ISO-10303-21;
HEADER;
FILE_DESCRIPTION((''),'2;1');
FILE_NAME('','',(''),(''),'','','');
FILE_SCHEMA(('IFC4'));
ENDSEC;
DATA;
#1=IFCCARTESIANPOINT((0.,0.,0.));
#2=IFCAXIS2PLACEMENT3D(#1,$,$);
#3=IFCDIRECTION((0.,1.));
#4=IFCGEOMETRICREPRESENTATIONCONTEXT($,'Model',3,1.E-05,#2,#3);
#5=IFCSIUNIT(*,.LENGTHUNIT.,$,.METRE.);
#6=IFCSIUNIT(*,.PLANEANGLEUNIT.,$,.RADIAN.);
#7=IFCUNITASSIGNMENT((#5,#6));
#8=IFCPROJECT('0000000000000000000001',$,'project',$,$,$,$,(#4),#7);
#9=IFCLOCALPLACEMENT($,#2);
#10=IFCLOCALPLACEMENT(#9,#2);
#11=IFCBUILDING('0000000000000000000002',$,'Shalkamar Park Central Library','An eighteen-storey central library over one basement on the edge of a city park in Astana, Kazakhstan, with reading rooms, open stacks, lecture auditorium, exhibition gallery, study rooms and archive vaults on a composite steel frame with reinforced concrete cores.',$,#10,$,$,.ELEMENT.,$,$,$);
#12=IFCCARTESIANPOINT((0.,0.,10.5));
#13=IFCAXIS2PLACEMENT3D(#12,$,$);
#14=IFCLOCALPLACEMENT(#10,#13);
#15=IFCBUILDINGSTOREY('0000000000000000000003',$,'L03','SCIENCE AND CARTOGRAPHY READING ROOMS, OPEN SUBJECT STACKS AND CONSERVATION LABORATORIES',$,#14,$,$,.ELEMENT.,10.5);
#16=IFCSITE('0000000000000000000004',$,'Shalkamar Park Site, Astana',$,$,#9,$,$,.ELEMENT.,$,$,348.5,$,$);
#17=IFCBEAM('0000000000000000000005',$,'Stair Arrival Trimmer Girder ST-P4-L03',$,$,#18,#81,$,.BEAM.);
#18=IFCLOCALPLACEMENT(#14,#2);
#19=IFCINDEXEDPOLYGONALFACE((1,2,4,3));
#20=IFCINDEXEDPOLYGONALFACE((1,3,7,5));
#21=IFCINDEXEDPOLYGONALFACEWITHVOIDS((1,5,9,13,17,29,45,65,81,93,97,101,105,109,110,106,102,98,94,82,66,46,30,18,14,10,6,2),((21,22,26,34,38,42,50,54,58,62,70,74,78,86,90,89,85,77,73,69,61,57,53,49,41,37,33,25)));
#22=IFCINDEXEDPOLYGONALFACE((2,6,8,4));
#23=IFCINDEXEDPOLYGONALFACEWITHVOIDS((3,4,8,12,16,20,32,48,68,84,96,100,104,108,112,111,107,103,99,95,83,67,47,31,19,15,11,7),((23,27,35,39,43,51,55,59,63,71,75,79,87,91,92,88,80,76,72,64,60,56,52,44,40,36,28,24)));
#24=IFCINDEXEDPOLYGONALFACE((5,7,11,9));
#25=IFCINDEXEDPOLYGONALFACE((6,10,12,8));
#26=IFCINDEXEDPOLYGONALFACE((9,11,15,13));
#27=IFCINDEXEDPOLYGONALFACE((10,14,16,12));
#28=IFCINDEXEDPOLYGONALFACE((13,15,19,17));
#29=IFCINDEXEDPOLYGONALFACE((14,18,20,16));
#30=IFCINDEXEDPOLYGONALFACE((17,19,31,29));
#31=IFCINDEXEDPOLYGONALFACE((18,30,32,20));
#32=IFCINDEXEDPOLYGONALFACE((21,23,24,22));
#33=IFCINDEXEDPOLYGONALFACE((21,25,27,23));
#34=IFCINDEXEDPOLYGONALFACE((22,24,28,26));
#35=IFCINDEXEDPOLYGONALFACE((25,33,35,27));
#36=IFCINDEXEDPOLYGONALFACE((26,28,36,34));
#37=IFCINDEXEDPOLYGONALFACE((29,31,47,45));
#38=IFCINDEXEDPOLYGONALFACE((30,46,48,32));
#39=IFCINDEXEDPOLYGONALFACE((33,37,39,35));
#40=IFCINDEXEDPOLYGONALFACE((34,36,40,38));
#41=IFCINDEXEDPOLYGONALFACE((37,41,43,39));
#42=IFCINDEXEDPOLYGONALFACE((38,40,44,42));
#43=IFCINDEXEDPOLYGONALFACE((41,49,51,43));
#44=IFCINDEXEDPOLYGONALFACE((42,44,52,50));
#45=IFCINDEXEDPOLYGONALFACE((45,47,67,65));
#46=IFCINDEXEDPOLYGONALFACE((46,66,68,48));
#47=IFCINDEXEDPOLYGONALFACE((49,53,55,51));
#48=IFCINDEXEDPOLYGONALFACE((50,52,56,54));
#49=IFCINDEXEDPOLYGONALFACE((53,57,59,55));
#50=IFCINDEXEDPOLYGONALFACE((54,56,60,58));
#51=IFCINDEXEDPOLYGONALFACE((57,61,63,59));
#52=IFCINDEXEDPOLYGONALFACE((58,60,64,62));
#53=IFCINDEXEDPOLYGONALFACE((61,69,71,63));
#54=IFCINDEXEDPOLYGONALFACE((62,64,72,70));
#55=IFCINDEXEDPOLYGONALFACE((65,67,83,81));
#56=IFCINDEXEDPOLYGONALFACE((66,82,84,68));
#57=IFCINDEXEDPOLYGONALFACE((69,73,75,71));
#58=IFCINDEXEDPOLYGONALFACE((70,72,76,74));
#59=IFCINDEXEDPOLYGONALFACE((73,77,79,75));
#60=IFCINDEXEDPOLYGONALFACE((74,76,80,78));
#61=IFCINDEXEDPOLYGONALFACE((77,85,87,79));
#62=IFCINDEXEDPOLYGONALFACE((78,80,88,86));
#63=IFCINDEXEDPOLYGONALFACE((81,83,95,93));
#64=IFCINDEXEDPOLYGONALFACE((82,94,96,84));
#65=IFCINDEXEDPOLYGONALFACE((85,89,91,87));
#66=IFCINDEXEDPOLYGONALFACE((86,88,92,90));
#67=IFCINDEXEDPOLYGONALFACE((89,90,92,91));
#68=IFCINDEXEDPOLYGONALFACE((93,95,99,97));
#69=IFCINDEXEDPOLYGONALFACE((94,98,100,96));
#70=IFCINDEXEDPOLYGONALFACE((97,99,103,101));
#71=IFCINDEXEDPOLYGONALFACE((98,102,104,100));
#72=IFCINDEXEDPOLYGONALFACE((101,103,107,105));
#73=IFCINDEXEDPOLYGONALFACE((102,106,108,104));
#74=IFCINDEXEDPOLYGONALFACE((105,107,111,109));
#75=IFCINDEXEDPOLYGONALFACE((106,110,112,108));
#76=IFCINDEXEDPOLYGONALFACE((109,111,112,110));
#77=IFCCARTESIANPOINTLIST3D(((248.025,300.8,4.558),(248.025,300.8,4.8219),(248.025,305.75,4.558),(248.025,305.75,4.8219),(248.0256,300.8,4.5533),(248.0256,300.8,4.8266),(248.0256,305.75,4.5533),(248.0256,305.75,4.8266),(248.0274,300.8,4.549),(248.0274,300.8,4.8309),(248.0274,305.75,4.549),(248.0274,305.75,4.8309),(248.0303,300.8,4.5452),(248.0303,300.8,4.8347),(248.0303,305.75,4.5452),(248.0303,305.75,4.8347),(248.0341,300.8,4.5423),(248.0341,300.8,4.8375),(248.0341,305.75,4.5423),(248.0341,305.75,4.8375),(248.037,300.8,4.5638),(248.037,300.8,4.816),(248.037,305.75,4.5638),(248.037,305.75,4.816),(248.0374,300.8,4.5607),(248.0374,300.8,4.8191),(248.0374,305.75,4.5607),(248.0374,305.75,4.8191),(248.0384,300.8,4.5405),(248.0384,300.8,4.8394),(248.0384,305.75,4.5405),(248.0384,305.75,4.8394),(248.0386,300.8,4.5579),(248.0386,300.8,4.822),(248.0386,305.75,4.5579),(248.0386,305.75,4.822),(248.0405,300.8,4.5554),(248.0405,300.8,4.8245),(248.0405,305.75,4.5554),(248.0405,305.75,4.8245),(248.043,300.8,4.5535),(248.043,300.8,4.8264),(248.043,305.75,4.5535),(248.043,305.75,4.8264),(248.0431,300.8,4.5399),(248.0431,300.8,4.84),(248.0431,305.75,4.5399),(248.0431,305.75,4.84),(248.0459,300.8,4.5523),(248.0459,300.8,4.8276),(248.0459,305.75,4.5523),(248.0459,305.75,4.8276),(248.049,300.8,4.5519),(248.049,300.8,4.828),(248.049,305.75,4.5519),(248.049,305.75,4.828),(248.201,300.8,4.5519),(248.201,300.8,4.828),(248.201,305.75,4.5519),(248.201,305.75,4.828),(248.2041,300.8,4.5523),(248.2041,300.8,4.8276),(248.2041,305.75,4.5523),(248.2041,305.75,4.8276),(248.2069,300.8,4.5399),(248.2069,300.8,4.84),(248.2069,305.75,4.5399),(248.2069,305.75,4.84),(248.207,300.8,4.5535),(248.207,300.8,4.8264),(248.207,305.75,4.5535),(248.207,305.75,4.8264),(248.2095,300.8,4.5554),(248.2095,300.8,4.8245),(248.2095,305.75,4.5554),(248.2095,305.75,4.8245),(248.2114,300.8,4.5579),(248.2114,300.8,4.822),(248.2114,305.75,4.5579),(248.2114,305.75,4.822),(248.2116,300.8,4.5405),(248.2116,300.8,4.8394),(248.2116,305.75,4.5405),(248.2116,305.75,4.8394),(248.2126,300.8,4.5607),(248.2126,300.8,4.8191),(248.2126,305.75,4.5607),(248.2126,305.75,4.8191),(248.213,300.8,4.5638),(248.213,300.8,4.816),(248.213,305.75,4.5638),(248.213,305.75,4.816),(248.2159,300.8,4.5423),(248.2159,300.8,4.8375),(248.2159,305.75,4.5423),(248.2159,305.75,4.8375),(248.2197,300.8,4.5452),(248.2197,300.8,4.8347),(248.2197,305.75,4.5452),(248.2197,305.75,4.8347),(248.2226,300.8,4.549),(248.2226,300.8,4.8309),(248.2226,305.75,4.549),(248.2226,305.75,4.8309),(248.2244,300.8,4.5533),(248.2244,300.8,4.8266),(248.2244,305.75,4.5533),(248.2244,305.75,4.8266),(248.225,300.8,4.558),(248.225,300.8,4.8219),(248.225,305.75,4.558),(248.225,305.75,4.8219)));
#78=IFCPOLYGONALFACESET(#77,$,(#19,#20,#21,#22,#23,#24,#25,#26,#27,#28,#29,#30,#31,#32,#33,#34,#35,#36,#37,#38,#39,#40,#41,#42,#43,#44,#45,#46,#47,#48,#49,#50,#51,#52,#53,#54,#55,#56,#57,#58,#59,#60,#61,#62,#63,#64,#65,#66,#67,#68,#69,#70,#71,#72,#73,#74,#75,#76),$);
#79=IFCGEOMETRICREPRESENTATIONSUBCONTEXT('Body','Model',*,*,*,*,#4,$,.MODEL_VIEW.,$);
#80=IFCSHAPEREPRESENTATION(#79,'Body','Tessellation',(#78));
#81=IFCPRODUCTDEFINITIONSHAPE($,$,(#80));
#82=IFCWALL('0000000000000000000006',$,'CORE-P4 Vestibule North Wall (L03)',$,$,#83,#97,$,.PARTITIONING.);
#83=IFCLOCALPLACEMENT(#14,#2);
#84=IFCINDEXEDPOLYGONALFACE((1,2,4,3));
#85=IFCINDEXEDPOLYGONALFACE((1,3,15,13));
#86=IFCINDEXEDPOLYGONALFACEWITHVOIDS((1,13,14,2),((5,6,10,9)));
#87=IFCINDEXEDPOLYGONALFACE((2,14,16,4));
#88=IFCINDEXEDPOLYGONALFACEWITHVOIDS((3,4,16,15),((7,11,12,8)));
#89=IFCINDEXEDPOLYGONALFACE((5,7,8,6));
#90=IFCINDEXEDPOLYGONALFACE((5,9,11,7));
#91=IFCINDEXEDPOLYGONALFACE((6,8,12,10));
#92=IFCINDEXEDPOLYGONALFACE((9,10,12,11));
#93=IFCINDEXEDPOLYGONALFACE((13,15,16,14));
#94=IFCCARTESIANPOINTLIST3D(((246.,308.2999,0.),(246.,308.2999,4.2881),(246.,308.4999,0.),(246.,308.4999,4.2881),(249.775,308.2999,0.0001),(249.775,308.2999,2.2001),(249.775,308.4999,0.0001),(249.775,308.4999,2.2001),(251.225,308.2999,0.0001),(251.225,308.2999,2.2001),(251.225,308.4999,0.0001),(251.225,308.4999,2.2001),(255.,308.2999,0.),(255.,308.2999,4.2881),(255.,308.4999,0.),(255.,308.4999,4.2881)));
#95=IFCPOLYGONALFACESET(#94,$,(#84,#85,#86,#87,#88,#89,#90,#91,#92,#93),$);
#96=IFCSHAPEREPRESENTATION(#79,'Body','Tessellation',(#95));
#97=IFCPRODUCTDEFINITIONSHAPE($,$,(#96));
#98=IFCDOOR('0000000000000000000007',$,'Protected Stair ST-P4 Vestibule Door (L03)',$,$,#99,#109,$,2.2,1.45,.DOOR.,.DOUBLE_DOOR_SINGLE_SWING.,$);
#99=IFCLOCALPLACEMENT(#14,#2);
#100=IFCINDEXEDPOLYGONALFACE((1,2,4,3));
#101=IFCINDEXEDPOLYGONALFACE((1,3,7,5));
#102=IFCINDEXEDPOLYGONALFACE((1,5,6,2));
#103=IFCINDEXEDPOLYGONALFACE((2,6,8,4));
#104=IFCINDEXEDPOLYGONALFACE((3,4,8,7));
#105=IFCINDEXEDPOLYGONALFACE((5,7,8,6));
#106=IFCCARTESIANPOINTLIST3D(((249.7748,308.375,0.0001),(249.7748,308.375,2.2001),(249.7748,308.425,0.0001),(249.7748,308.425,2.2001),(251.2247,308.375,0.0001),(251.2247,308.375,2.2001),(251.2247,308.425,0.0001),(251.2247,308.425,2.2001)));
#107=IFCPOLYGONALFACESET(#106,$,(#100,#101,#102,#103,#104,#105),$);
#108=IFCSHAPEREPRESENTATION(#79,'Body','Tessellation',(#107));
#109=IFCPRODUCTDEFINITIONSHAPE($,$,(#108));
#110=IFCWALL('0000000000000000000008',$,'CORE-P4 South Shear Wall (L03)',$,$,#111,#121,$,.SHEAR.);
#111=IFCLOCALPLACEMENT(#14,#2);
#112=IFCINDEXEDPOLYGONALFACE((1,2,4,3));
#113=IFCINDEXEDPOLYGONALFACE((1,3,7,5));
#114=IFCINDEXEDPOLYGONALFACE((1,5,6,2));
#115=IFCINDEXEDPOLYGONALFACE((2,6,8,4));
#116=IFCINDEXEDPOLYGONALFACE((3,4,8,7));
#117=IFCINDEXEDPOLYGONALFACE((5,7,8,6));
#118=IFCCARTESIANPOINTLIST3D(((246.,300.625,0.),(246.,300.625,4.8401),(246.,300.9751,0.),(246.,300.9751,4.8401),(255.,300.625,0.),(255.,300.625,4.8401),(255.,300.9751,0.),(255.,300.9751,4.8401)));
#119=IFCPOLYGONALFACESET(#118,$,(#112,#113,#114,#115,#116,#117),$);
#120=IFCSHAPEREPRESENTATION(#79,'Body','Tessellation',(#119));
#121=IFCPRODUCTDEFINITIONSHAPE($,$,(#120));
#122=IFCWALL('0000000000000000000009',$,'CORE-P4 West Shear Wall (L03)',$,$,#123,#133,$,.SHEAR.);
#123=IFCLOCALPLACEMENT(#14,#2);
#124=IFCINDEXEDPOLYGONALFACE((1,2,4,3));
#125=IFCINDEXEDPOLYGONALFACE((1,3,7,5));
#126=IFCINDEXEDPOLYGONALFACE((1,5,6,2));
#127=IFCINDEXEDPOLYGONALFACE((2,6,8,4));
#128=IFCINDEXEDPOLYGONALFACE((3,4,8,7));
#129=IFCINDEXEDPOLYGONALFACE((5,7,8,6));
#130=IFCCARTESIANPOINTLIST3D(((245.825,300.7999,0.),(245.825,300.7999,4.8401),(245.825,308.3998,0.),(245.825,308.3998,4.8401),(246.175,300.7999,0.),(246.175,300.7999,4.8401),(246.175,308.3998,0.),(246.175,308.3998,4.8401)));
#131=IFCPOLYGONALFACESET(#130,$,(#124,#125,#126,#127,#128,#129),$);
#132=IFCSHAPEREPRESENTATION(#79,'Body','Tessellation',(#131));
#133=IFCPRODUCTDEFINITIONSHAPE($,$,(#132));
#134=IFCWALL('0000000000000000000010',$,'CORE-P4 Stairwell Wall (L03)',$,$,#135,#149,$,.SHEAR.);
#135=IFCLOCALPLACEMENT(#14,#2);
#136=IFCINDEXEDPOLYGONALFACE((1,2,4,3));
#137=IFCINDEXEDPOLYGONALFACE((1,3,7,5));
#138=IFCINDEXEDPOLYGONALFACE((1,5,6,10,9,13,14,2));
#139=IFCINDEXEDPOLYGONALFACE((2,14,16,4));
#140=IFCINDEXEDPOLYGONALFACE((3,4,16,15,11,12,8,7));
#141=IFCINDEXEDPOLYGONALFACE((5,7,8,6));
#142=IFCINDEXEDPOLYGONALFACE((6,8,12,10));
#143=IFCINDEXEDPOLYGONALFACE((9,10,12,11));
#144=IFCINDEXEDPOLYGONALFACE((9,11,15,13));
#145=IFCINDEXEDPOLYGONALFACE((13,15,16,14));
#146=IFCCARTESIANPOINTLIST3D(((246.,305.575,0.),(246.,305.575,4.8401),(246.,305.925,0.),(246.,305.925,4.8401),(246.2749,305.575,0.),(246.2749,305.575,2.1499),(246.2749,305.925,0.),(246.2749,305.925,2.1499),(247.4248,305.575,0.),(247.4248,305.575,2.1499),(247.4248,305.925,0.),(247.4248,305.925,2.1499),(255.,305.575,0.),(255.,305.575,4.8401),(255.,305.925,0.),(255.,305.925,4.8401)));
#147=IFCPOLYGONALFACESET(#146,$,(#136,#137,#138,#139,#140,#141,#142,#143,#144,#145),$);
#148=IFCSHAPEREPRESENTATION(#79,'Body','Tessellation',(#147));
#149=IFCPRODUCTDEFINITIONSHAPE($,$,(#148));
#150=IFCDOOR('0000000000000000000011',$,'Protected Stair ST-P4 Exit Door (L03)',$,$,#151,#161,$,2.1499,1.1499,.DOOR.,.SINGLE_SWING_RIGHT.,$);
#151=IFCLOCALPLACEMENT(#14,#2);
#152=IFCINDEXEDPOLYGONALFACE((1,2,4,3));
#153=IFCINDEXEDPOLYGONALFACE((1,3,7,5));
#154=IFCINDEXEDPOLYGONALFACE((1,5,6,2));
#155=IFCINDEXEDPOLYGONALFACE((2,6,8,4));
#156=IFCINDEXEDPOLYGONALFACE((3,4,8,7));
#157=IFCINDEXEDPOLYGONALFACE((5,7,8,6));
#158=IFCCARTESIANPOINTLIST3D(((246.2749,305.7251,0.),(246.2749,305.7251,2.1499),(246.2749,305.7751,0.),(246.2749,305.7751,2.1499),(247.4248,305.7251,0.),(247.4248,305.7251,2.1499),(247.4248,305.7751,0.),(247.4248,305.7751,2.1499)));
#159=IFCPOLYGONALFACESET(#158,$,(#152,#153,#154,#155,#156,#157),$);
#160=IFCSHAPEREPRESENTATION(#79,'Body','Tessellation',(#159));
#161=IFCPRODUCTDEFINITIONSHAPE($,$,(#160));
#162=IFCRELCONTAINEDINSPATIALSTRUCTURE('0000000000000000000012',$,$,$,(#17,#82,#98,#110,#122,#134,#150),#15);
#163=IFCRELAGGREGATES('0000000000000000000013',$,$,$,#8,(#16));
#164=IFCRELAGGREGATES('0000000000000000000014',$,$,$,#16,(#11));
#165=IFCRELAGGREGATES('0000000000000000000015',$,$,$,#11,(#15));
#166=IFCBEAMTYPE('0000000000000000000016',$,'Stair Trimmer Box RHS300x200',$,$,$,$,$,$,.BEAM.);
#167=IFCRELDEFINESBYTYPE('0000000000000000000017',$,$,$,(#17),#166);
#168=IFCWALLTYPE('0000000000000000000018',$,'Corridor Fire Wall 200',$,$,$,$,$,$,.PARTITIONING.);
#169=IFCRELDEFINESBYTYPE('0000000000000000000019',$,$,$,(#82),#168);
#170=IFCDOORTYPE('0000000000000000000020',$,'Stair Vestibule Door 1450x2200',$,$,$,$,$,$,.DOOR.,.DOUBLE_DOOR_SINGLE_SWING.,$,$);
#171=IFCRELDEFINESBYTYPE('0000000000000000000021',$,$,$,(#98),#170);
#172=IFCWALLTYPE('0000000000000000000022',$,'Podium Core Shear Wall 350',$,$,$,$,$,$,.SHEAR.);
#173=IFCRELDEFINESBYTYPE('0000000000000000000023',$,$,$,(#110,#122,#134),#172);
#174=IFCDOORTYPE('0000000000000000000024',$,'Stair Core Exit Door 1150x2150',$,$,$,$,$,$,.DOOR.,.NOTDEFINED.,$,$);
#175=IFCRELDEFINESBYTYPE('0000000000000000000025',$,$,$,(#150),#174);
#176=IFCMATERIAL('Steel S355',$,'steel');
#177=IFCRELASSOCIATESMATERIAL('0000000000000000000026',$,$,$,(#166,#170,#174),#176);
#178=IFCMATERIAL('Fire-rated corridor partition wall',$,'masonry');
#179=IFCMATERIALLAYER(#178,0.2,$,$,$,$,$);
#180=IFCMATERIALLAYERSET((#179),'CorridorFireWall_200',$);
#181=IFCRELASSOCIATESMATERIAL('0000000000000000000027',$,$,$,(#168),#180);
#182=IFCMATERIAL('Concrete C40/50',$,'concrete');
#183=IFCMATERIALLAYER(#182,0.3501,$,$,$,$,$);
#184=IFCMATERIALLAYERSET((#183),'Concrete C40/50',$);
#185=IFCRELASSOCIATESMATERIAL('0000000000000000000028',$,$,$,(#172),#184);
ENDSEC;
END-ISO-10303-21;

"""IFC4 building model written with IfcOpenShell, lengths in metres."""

from ifc_helpers import new_model, si_unit, direction, frame, frame_2d, origin, origin_2d, place, context, subcontext, project, spatial, rectangle, hollow_rectangle, extrude, material, layer, layer_set, material_profile, profile_set, type_object, element, fill, save


model = new_model("IFC4")

# Units and contexts
model_context = context("Model", 3, precision=1e-05, world=origin(), true_north=direction((0.0, 1.0)))
body_context = subcontext(model_context, "Body", "Model", "MODEL_VIEW")
ifc_project = project(units=[si_unit("LENGTHUNIT", "METRE"), si_unit("PLANEANGLEUNIT", "RADIAN")], contexts=[model_context])

# Site, building, storey
site_placement = place(None, origin())
site = spatial("IfcSite", under=ifc_project, at=site_placement, Name="Shalkamar Park Site, Astana", CompositionType="ELEMENT", RefElevation=348.5)
building_placement = place(site_placement, origin())
building = spatial("IfcBuilding", under=site, at=building_placement, Name="Shalkamar Park Central Library", Description="An eighteen-storey central library over one basement on the edge of a city park in Astana, Kazakhstan, with reading rooms, open stacks, lecture auditorium, exhibition gallery, study rooms and archive vaults on a composite steel frame with reinforced concrete cores.", CompositionType="ELEMENT")
storey_placement = place(building_placement, frame((0.0, 0.0, 10.5)))
storey = spatial("IfcBuildingStorey", under=building, at=storey_placement, Name="L03", Description="SCIENCE AND CARTOGRAPHY READING ROOMS, OPEN SUBJECT STACKS AND CONSERVATION LABORATORIES", CompositionType="ELEMENT", Elevation=10.5)

# Shared definitions
ifc_material_1 = material(Name="Steel S355", Category="steel")

# Beam
ifc_material_profile_1 = material_profile(ifc_material_1, hollow_rectangle(XDim=0.2, YDim=0.3, WallThickness=0.012, InnerFilletRadius=0.012, OuterFilletRadius=0.0181, at=origin_2d()), Name="RHS 300x200x12")
ifc_profile_set_1 = profile_set([ifc_material_profile_1], Name="Steel S355")
beam_type_1 = type_object("IfcBeamType", Name="Stair Trimmer Box RHS300x200", PredefinedType="BEAM", material=ifc_profile_set_1)
beam_1_placement = place(storey_placement, frame((248.125, 300.8, 4.6899), z_axis=(0.0, 1.0, 0.0), x_axis=(-1.0, 0.0, 0.0)))
element("IfcBeam", 1, at=beam_1_placement, inside=storey, type_object=beam_type_1, Name="Stair Arrival Trimmer Girder ST-P4-L03", PredefinedType="BEAM", context=body_context, shape_type="SweptSolid", body=[
    extrude(hollow_rectangle(XDim=0.2, YDim=0.3, WallThickness=0.012, InnerFilletRadius=0.012, OuterFilletRadius=0.0181, at=origin_2d()), origin(), (0.0, 0.0, 1.0), 4.95),
])

# Wall, opening, door
ifc_material_2 = material(Name="Fire-rated corridor partition wall", Category="masonry")
ifc_layer_1 = layer(ifc_material_2, 0.2)
ifc_layer_set_1 = layer_set([ifc_layer_1], Name="CorridorFireWall_200")
wall_type_1 = type_object("IfcWallType", Name="Corridor Fire Wall 200", PredefinedType="PARTITIONING", material=ifc_layer_set_1)
wall_1_placement = place(storey_placement, frame((246.0, 308.3999, 0.0), z_axis=(0.0, 0.0, 1.0), x_axis=(1.0, 0.0, 0.0)))
wall_1 = element("IfcWall", 2, at=wall_1_placement, inside=storey, type_object=wall_type_1, Name="CORE-P4 Vestibule North Wall (L03)", PredefinedType="PARTITIONING", context=body_context, shape_type="SweptSolid", body=[
    extrude(rectangle(XDim=9.0, YDim=0.2, at=frame_2d((4.5, 0.0))), origin(), (0.0, 0.0, 1.0), 4.2881),
])
opening_1_placement = place(wall_1_placement, frame((3.7749, 0.0, 0.0)))
opening_1 = element("IfcOpeningElement", 3, at=opening_1_placement, cuts=wall_1, PredefinedType="OPENING", context=body_context, shape_type="SweptSolid", body=[
    extrude(rectangle(XDim=1.45, YDim=2.2, at=frame_2d((0.7251, 1.1001))), frame((0.0, 0.1147, 0.0), z_axis=(0.0, -1.0, 0.0), x_axis=(1.0, 0.0, 0.0)), (0.0, 0.0, 1.0), 0.2297),
])
door_type_1 = type_object("IfcDoorType", Name="Stair Vestibule Door 1450x2200", OperationType="DOUBLE_DOOR_SINGLE_SWING", PredefinedType="DOOR", material=ifc_material_1)
door_1_placement = place(opening_1_placement, frame((1.45, 0.0, 0.0), z_axis=(0.0, 0.0, 1.0), x_axis=(-1.0, 0.0, 0.0)))
door_1 = element("IfcDoor", 4, at=door_1_placement, inside=storey, type_object=door_type_1, Name="Protected Stair ST-P4 Vestibule Door (L03)", OperationType="DOUBLE_DOOR_SINGLE_SWING", OverallHeight=2.2, OverallWidth=1.45, PredefinedType="DOOR", context=body_context, shape_type="SweptSolid", body=[
    extrude(rectangle(XDim=1.45, YDim=2.2, at=frame_2d((0.7251, 1.1001))), frame((0.0, 0.0249, 0.0), z_axis=(0.0, -1.0, 0.0), x_axis=(1.0, 0.0, 0.0)), (0.0, 0.0, 1.0), 0.05),
])
fill(opening_1, door_1)

# Walls
ifc_material_3 = material(Name="Concrete C40/50", Category="concrete")
ifc_layer_2 = layer(ifc_material_3, 0.3501)
ifc_layer_set_2 = layer_set([ifc_layer_2], Name="Concrete C40/50")
wall_type_2 = type_object("IfcWallType", Name="Podium Core Shear Wall 350", PredefinedType="SHEAR", material=ifc_layer_set_2)
wall_2_placement = place(storey_placement, frame((246.0, 300.8, 0.0), z_axis=(0.0, 0.0, 1.0), x_axis=(1.0, 0.0, 0.0)))
element("IfcWall", 5, at=wall_2_placement, inside=storey, type_object=wall_type_2, Name="CORE-P4 South Shear Wall (L03)", PredefinedType="SHEAR", context=body_context, shape_type="SweptSolid", body=[
    extrude(rectangle(XDim=9.0, YDim=0.3501, at=frame_2d((4.5, 0.0))), origin(), (0.0, 0.0, 1.0), 4.8401),
])
wall_3_placement = place(storey_placement, frame((246.0, 300.8, 0.0), z_axis=(0.0, 0.0, 1.0), x_axis=(0.0, 1.0, 0.0)))
element("IfcWall", 6, at=wall_3_placement, inside=storey, type_object=wall_type_2, Name="CORE-P4 West Shear Wall (L03)", PredefinedType="SHEAR", context=body_context, shape_type="SweptSolid", body=[
    extrude(rectangle(XDim=7.5999, YDim=0.3501, at=frame_2d((3.7998, 0.0))), origin(), (0.0, 0.0, 1.0), 4.8401),
])

# Wall, opening, door
wall_4_placement = place(storey_placement, frame((246.0, 305.75, 0.0), z_axis=(0.0, 0.0, 1.0), x_axis=(1.0, 0.0, 0.0)))
wall_4 = element("IfcWall", 7, at=wall_4_placement, inside=storey, type_object=wall_type_2, Name="CORE-P4 Stairwell Wall (L03)", PredefinedType="SHEAR", context=body_context, shape_type="SweptSolid", body=[
    extrude(rectangle(XDim=9.0, YDim=0.3501, at=frame_2d((4.5, 0.0))), origin(), (0.0, 0.0, 1.0), 4.8401),
])
opening_2_placement = place(wall_4_placement, frame((0.2749, 0.0, 0.0)))
opening_2 = element("IfcOpeningElement", 8, at=opening_2_placement, cuts=wall_4, PredefinedType="OPENING", context=body_context, shape_type="SweptSolid", body=[
    extrude(rectangle(XDim=1.1499, YDim=2.1499, at=frame_2d((0.575, 1.075))), frame((0.0, 0.1899, 0.0), z_axis=(0.0, -1.0, 0.0), x_axis=(1.0, 0.0, 0.0)), (0.0, 0.0, 1.0), 0.3799),
])
door_type_2 = type_object("IfcDoorType", Name="Stair Core Exit Door 1150x2150", OperationType="NOTDEFINED", PredefinedType="DOOR", material=ifc_material_1)
door_2_placement = place(opening_2_placement, frame((1.1499, 0.0, 0.0), z_axis=(0.0, 0.0, 1.0), x_axis=(-1.0, 0.0, 0.0)))
door_2 = element("IfcDoor", 9, at=door_2_placement, inside=storey, type_object=door_type_2, Name="Protected Stair ST-P4 Exit Door (L03)", OperationType="SINGLE_SWING_RIGHT", OverallHeight=2.1499, OverallWidth=1.1499, PredefinedType="DOOR", context=body_context, shape_type="SweptSolid", body=[
    extrude(rectangle(XDim=1.1499, YDim=2.1499, at=frame_2d((0.575, 1.075))), frame((0.0, 0.0249, 0.0), z_axis=(0.0, -1.0, 0.0), x_axis=(1.0, 0.0, 0.0)), (0.0, 0.0, 1.0), 0.05),
])
fill(opening_2, door_2)

save(model, "model.ifc")
